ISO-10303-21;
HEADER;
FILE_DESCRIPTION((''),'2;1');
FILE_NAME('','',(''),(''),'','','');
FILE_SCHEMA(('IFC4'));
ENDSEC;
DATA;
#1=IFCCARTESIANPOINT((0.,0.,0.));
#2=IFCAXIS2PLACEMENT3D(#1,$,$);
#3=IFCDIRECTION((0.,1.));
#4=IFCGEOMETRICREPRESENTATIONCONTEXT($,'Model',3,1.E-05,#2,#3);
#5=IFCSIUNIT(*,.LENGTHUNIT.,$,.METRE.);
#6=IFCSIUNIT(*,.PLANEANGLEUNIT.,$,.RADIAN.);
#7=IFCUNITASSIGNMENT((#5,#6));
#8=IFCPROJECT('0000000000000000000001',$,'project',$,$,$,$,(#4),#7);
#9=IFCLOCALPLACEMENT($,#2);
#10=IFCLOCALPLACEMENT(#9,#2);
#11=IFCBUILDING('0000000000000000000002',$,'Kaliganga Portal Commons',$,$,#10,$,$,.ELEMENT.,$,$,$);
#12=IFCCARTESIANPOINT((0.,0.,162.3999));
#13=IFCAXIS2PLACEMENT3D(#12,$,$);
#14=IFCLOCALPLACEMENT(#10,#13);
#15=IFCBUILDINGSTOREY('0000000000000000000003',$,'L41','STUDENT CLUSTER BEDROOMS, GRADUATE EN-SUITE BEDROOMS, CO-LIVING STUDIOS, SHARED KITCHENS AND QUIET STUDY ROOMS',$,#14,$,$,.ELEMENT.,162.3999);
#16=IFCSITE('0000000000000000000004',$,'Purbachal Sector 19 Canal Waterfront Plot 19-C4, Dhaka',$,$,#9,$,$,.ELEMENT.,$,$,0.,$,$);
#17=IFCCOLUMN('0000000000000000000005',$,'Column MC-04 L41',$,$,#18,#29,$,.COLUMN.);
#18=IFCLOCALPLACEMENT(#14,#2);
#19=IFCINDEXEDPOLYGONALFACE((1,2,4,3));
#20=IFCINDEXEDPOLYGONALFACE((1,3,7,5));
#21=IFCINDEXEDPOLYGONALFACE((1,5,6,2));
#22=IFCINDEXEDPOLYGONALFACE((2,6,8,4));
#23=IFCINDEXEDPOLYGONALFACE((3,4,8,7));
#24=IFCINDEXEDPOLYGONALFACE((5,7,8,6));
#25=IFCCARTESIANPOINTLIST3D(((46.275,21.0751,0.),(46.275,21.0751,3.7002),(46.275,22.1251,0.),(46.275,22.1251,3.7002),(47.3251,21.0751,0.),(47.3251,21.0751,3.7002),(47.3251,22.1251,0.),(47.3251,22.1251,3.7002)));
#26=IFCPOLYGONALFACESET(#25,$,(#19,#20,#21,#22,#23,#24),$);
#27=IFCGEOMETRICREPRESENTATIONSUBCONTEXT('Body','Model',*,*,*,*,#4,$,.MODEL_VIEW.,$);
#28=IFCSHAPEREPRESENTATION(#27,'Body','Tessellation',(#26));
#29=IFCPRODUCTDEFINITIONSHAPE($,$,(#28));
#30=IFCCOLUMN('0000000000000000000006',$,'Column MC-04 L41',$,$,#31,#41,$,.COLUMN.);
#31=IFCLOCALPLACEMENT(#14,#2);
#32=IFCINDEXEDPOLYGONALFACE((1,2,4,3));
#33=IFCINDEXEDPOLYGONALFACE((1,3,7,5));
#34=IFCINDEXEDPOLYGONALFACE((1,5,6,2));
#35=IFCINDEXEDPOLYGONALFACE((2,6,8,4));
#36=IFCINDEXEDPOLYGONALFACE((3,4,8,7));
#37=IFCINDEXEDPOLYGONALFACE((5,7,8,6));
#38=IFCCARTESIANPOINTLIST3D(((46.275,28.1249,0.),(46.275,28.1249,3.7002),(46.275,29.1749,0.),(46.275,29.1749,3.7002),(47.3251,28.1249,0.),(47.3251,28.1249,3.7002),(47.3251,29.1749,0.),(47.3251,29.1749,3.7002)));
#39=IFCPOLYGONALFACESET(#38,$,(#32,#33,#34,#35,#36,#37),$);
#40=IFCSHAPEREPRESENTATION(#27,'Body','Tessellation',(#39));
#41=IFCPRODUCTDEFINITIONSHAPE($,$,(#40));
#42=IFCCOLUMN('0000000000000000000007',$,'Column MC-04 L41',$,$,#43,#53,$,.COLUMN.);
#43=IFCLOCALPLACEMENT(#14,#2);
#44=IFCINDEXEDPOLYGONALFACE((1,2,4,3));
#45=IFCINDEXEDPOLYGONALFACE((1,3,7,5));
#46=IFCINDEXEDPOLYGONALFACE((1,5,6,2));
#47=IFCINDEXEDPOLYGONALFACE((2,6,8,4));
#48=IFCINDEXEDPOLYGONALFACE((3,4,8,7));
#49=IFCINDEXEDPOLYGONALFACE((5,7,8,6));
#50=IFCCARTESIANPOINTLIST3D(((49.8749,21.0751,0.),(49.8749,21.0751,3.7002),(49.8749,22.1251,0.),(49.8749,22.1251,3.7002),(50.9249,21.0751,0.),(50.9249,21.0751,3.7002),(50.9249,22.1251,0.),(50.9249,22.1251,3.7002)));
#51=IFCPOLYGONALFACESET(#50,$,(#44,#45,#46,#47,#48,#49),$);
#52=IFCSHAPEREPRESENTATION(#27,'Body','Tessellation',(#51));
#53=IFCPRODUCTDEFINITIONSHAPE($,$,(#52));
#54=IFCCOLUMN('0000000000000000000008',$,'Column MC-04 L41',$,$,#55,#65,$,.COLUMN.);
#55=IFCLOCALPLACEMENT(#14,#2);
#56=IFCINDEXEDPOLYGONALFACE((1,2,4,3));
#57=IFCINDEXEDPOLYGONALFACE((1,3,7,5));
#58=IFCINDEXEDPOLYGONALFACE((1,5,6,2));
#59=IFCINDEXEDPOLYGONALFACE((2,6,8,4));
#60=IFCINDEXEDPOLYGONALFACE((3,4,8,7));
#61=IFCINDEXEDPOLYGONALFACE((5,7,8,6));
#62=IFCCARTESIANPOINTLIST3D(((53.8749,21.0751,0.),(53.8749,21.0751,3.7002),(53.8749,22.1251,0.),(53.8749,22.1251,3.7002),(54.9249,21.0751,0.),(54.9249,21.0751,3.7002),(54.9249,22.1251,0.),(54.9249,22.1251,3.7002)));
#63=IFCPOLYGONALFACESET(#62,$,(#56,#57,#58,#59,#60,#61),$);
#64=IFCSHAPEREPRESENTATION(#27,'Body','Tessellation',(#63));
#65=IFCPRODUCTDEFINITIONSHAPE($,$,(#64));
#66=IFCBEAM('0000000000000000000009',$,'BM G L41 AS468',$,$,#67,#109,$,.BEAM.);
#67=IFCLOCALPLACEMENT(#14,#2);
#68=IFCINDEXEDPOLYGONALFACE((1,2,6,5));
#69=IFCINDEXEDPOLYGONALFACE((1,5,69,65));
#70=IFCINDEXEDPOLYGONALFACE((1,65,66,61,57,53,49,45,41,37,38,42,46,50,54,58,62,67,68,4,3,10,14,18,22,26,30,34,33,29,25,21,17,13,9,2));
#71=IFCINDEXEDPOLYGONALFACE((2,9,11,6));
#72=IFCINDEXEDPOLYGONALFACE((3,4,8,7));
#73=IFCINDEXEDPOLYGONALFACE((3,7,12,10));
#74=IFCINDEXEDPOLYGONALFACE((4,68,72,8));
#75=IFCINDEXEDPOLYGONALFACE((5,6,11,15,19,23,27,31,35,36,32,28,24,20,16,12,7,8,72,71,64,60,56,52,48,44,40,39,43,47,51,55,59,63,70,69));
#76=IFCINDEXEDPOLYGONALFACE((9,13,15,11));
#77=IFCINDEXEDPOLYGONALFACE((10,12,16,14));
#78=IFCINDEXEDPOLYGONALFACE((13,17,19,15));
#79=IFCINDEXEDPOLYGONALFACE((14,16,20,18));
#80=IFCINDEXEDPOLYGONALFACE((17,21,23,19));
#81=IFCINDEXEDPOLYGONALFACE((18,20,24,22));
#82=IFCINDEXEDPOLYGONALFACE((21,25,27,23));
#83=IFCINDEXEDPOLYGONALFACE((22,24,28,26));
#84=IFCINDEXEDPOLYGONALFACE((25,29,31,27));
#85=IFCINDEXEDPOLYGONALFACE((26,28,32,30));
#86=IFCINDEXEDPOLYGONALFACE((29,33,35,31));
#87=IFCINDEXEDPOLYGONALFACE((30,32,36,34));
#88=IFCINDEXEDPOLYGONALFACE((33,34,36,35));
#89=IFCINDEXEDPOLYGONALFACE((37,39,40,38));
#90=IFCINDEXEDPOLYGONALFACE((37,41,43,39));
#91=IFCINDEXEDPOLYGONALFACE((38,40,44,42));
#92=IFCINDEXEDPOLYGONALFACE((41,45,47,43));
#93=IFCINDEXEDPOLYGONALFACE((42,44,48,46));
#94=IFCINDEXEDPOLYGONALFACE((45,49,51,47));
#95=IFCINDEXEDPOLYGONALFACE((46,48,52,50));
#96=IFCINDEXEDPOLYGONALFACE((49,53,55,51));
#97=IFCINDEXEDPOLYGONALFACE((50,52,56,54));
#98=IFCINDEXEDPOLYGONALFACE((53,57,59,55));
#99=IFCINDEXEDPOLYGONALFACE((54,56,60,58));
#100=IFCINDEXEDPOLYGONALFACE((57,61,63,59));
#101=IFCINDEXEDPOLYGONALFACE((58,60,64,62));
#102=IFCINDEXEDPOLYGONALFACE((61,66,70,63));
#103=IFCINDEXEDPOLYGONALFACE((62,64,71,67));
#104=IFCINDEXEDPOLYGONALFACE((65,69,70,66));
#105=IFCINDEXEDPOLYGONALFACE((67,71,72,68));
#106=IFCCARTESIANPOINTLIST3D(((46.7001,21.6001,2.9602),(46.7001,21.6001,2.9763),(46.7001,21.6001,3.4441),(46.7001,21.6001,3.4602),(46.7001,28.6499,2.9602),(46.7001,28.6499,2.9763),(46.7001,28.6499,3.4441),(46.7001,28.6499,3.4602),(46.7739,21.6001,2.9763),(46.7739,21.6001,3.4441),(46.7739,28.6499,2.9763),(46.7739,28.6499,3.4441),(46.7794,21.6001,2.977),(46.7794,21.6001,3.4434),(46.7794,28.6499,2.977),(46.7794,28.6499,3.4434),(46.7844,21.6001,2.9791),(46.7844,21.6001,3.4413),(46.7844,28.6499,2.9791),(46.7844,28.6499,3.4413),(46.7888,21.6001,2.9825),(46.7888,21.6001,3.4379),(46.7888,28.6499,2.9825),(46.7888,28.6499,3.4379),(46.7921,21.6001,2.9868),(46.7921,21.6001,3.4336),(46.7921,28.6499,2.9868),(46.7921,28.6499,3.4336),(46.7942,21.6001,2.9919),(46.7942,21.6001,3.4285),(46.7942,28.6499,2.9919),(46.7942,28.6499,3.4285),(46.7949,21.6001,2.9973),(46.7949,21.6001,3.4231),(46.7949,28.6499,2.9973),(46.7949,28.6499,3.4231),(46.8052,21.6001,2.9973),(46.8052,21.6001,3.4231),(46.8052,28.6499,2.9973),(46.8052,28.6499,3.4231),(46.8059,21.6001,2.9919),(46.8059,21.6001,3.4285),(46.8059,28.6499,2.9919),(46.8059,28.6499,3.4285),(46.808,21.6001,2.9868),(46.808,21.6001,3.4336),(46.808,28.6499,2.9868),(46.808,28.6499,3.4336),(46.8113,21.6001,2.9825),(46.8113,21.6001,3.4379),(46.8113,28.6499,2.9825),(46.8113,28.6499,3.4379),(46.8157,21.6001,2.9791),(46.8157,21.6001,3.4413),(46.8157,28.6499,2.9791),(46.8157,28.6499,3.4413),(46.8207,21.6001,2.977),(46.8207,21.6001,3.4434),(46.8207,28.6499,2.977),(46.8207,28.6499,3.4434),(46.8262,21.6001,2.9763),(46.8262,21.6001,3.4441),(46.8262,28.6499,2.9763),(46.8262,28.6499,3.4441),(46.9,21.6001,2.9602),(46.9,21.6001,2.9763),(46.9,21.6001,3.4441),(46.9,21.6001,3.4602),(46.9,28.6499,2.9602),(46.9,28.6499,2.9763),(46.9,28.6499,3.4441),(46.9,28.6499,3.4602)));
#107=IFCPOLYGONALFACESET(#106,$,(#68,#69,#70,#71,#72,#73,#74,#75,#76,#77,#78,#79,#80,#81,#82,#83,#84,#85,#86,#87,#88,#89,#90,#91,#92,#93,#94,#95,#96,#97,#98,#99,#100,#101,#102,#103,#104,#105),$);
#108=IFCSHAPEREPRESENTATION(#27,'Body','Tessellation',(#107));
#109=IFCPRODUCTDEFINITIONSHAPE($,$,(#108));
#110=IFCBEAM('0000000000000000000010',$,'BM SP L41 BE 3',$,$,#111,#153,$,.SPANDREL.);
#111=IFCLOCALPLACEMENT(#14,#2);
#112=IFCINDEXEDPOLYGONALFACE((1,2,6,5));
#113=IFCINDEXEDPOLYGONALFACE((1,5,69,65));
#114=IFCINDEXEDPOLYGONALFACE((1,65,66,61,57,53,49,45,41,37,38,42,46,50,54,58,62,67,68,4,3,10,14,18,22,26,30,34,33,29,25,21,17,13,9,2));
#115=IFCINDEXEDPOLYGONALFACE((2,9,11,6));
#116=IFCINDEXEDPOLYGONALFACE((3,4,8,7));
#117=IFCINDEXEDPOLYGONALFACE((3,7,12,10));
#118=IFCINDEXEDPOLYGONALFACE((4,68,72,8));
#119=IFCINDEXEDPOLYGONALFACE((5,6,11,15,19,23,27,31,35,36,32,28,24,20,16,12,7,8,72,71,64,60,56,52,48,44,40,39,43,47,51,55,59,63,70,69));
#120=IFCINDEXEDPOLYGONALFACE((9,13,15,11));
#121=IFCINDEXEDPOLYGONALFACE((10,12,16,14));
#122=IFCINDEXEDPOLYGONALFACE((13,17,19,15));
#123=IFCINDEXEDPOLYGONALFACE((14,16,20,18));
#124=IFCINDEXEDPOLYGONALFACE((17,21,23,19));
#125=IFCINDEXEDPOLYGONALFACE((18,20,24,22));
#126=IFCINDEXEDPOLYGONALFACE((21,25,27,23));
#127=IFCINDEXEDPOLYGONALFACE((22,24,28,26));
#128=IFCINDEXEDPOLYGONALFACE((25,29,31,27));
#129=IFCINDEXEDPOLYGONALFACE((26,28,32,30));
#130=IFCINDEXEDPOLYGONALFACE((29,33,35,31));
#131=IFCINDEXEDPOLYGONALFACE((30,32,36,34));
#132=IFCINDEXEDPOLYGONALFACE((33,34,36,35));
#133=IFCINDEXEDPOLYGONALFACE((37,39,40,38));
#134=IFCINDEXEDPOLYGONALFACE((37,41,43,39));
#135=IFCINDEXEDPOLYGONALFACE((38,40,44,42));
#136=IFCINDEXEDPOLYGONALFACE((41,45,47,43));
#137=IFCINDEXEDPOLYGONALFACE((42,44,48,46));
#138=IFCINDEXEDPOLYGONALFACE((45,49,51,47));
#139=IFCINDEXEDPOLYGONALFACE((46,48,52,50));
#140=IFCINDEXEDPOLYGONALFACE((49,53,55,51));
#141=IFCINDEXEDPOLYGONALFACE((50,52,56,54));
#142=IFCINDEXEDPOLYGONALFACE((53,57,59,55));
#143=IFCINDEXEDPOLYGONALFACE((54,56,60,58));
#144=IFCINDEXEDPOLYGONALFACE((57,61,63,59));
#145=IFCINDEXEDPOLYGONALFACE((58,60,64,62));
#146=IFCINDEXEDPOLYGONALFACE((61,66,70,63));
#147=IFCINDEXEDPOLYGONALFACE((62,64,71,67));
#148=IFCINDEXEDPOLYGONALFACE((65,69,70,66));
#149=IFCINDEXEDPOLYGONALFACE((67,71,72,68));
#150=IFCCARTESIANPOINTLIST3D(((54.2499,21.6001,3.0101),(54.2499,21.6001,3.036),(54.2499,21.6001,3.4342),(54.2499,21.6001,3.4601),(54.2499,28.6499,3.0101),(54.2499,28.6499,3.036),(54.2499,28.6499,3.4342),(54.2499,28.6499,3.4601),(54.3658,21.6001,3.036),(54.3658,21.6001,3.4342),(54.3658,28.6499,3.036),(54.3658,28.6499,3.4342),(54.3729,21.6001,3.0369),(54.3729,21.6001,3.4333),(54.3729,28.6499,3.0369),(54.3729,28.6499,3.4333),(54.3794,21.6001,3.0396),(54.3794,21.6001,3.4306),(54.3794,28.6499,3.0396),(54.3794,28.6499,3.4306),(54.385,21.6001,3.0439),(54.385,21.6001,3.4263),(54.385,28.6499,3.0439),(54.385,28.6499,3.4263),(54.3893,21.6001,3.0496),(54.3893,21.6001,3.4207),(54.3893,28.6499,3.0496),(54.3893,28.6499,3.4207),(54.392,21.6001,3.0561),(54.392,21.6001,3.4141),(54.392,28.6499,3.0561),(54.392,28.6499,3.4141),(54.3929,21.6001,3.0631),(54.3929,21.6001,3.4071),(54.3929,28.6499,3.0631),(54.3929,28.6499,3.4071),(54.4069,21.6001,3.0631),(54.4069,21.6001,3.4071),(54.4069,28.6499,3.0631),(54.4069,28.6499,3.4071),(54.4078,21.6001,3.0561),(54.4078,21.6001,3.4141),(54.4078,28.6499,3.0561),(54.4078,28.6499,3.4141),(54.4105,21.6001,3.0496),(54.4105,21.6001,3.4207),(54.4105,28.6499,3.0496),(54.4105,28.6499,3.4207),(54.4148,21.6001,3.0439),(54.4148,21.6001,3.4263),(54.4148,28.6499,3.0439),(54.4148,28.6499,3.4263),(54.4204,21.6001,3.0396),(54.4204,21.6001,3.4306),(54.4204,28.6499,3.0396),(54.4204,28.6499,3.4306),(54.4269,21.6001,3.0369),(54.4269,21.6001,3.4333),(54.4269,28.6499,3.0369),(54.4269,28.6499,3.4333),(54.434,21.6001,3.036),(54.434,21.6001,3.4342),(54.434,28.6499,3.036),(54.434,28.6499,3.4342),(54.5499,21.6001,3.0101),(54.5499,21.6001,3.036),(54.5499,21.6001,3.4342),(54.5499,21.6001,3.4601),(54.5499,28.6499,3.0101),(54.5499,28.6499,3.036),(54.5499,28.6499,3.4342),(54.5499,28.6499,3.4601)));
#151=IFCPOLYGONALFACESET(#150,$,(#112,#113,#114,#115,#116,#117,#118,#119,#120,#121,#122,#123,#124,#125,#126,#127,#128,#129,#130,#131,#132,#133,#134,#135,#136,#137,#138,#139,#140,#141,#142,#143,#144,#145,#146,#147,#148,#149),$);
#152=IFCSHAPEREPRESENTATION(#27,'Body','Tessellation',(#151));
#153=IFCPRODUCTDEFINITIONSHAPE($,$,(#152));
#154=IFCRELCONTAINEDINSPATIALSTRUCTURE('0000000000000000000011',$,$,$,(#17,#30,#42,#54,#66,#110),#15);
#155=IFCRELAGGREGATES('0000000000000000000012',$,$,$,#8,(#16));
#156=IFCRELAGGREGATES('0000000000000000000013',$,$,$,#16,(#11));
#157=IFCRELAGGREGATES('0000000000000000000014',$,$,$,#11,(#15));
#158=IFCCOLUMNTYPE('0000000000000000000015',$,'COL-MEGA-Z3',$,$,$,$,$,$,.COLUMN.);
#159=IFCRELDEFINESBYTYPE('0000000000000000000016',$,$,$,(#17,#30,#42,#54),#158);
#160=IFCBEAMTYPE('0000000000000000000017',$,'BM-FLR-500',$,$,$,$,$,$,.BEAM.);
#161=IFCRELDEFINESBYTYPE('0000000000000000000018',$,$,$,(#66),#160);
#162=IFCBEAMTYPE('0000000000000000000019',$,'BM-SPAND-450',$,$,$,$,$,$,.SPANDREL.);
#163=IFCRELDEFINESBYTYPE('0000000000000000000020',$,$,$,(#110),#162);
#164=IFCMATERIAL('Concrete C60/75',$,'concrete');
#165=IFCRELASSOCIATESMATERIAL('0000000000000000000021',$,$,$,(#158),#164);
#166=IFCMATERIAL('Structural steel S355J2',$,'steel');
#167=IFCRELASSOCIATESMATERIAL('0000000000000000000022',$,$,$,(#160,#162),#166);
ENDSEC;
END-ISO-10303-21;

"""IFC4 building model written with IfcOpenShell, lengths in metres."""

from ifc_helpers import new_model, si_unit, direction, frame, origin, origin_2d, place, context, subcontext, project, spatial, rectangle, i_section, extrude, source, transform, mapped, material, material_profile, profile_set, type_object, element, save


model = new_model("IFC4")

# Units and contexts
model_context = context("Model", 3, precision=1e-05, world=origin(), true_north=direction((0.0, 1.0)))
body_context = subcontext(model_context, "Body", "Model", "MODEL_VIEW")
ifc_project = project(units=[si_unit("LENGTHUNIT", "METRE"), si_unit("PLANEANGLEUNIT", "RADIAN")], contexts=[model_context])

# Site, building, storey
site_placement = place(None, origin())
site = spatial("IfcSite", under=ifc_project, at=site_placement, Name="Purbachal Sector 19 Canal Waterfront Plot 19-C4, Dhaka", CompositionType="ELEMENT", RefElevation=0.0)
building_placement = place(site_placement, origin())
building = spatial("IfcBuilding", under=site, at=building_placement, Name="Kaliganga Portal Commons", CompositionType="ELEMENT")
storey_placement = place(building_placement, frame((0.0, 0.0, 162.3999)))
storey = spatial("IfcBuildingStorey", under=building, at=storey_placement, Name="L41", Description="STUDENT CLUSTER BEDROOMS, GRADUATE EN-SUITE BEDROOMS, CO-LIVING STUDIOS, SHARED KITCHENS AND QUIET STUDY ROOMS", CompositionType="ELEMENT", Elevation=162.3999)

# Columns
ifc_material_1 = material(Name="Concrete C60/75", Category="concrete")
ifc_material_profile_1 = material_profile(ifc_material_1, rectangle(XDim=1.05, YDim=1.05, at=origin_2d()), Name="RC 1050x1050")
ifc_profile_set_1 = profile_set([ifc_material_profile_1], Name="Concrete C60/75")
column_type = type_object("IfcColumnType", Name="COL-MEGA-Z3", PredefinedType="COLUMN", material=ifc_profile_set_1)
shared_shape_1 = source(origin(), body_context, "Body", "SweptSolid", [
    extrude(rectangle(XDim=1.05, YDim=1.05, at=origin_2d()), origin(), (0.0, 0.0, 1.0), 3.7002),
])
for number, where, z_axis, x_axis, name in (
    (1, (46.8, 21.6001, 0.0), (0.0, 0.0, 1.0), (1.0, 0.0, 0.0), "Column MC-04 L41"),
    (2, (46.8, 28.6499, 0.0), (0.0, 0.0, 1.0), (1.0, 0.0, 0.0), "Column MC-04 L41"),
    (3, (50.3999, 21.6001, 0.0), (0.0, 0.0, 1.0), (1.0, 0.0, 0.0), "Column MC-04 L41"),
    (4, (54.3999, 21.6001, 0.0), (0.0, 0.0, 1.0), (1.0, 0.0, 0.0), "Column MC-04 L41"),
):
    element("IfcColumn", number, at=place(storey_placement, frame(where, z_axis=z_axis, x_axis=x_axis)), inside=storey, type_object=column_type, Name=name, PredefinedType="COLUMN", context=body_context, shape_type="MappedRepresentation", body=[
        mapped(shared_shape_1, transform((0.0, 0.0, 0.0), x_axis=(1.0, 0.0, 0.0), y_axis=(0.0, 1.0, 0.0), z_axis=(0.0, 0.0, 1.0), scale=1.0)),
    ])

# Beams
ifc_material_2 = material(Name="Structural steel S355J2", Category="steel")
ifc_material_profile_2 = material_profile(ifc_material_2, i_section(OverallWidth=0.2, OverallDepth=0.5, WebThickness=0.0103, FlangeThickness=0.0161, FilletRadius=0.021, at=origin_2d()), Name="IPE 500")
ifc_profile_set_2 = profile_set([ifc_material_profile_2], Name="Structural steel S355J2 wide-flange")
beam_type_1 = type_object("IfcBeamType", Name="BM-FLR-500", PredefinedType="BEAM", material=ifc_profile_set_2)
shared_shape_2 = source(origin(), body_context, "Body", "SweptSolid", [
    extrude(i_section(OverallWidth=0.2, OverallDepth=0.5, WebThickness=0.0103, FlangeThickness=0.0161, FilletRadius=0.021, at=origin_2d()), origin(), (0.0, 0.0, 1.0), 7.0498),
])
beam_1_placement = place(storey_placement, frame((46.8, 21.6001, 3.2102), z_axis=(0.0, 1.0, 0.0), x_axis=(-1.0, 0.0, 0.0)))
element("IfcBeam", 5, at=beam_1_placement, inside=storey, type_object=beam_type_1, Name="BM G L41 AS468", PredefinedType="BEAM", context=body_context, shape_type="MappedRepresentation", body=[
    mapped(shared_shape_2, transform((0.0, 0.0, 0.0), x_axis=(1.0, 0.0, 0.0), y_axis=(0.0, 1.0, 0.0), z_axis=(0.0, 0.0, 1.0), scale=1.0)),
])
ifc_material_profile_3 = material_profile(ifc_material_2, i_section(OverallWidth=0.3, OverallDepth=0.45, WebThickness=0.0139, FlangeThickness=0.0259, FilletRadius=0.0271, at=origin_2d()), Name="HE 450 B")
ifc_profile_set_3 = profile_set([ifc_material_profile_3], Name="Structural steel S355J2 wide-flange")
beam_type_2 = type_object("IfcBeamType", Name="BM-SPAND-450", PredefinedType="SPANDREL", material=ifc_profile_set_3)
shared_shape_3 = source(origin(), body_context, "Body", "SweptSolid", [
    extrude(i_section(OverallWidth=0.3, OverallDepth=0.45, WebThickness=0.0139, FlangeThickness=0.0259, FilletRadius=0.0271, at=origin_2d()), origin(), (0.0, 0.0, 1.0), 7.0498),
])
beam_2_placement = place(storey_placement, frame((54.3999, 21.6001, 3.2351), z_axis=(0.0, 1.0, 0.0), x_axis=(-1.0, 0.0, 0.0)))
element("IfcBeam", 6, at=beam_2_placement, inside=storey, type_object=beam_type_2, Name="BM SP L41 BE 3", PredefinedType="SPANDREL", context=body_context, shape_type="MappedRepresentation", body=[
    mapped(shared_shape_3, transform((0.0, 0.0, 0.0), x_axis=(1.0, 0.0, 0.0), y_axis=(0.0, 1.0, 0.0), z_axis=(0.0, 0.0, 1.0), scale=1.0)),
])

save(model, "model.ifc")
